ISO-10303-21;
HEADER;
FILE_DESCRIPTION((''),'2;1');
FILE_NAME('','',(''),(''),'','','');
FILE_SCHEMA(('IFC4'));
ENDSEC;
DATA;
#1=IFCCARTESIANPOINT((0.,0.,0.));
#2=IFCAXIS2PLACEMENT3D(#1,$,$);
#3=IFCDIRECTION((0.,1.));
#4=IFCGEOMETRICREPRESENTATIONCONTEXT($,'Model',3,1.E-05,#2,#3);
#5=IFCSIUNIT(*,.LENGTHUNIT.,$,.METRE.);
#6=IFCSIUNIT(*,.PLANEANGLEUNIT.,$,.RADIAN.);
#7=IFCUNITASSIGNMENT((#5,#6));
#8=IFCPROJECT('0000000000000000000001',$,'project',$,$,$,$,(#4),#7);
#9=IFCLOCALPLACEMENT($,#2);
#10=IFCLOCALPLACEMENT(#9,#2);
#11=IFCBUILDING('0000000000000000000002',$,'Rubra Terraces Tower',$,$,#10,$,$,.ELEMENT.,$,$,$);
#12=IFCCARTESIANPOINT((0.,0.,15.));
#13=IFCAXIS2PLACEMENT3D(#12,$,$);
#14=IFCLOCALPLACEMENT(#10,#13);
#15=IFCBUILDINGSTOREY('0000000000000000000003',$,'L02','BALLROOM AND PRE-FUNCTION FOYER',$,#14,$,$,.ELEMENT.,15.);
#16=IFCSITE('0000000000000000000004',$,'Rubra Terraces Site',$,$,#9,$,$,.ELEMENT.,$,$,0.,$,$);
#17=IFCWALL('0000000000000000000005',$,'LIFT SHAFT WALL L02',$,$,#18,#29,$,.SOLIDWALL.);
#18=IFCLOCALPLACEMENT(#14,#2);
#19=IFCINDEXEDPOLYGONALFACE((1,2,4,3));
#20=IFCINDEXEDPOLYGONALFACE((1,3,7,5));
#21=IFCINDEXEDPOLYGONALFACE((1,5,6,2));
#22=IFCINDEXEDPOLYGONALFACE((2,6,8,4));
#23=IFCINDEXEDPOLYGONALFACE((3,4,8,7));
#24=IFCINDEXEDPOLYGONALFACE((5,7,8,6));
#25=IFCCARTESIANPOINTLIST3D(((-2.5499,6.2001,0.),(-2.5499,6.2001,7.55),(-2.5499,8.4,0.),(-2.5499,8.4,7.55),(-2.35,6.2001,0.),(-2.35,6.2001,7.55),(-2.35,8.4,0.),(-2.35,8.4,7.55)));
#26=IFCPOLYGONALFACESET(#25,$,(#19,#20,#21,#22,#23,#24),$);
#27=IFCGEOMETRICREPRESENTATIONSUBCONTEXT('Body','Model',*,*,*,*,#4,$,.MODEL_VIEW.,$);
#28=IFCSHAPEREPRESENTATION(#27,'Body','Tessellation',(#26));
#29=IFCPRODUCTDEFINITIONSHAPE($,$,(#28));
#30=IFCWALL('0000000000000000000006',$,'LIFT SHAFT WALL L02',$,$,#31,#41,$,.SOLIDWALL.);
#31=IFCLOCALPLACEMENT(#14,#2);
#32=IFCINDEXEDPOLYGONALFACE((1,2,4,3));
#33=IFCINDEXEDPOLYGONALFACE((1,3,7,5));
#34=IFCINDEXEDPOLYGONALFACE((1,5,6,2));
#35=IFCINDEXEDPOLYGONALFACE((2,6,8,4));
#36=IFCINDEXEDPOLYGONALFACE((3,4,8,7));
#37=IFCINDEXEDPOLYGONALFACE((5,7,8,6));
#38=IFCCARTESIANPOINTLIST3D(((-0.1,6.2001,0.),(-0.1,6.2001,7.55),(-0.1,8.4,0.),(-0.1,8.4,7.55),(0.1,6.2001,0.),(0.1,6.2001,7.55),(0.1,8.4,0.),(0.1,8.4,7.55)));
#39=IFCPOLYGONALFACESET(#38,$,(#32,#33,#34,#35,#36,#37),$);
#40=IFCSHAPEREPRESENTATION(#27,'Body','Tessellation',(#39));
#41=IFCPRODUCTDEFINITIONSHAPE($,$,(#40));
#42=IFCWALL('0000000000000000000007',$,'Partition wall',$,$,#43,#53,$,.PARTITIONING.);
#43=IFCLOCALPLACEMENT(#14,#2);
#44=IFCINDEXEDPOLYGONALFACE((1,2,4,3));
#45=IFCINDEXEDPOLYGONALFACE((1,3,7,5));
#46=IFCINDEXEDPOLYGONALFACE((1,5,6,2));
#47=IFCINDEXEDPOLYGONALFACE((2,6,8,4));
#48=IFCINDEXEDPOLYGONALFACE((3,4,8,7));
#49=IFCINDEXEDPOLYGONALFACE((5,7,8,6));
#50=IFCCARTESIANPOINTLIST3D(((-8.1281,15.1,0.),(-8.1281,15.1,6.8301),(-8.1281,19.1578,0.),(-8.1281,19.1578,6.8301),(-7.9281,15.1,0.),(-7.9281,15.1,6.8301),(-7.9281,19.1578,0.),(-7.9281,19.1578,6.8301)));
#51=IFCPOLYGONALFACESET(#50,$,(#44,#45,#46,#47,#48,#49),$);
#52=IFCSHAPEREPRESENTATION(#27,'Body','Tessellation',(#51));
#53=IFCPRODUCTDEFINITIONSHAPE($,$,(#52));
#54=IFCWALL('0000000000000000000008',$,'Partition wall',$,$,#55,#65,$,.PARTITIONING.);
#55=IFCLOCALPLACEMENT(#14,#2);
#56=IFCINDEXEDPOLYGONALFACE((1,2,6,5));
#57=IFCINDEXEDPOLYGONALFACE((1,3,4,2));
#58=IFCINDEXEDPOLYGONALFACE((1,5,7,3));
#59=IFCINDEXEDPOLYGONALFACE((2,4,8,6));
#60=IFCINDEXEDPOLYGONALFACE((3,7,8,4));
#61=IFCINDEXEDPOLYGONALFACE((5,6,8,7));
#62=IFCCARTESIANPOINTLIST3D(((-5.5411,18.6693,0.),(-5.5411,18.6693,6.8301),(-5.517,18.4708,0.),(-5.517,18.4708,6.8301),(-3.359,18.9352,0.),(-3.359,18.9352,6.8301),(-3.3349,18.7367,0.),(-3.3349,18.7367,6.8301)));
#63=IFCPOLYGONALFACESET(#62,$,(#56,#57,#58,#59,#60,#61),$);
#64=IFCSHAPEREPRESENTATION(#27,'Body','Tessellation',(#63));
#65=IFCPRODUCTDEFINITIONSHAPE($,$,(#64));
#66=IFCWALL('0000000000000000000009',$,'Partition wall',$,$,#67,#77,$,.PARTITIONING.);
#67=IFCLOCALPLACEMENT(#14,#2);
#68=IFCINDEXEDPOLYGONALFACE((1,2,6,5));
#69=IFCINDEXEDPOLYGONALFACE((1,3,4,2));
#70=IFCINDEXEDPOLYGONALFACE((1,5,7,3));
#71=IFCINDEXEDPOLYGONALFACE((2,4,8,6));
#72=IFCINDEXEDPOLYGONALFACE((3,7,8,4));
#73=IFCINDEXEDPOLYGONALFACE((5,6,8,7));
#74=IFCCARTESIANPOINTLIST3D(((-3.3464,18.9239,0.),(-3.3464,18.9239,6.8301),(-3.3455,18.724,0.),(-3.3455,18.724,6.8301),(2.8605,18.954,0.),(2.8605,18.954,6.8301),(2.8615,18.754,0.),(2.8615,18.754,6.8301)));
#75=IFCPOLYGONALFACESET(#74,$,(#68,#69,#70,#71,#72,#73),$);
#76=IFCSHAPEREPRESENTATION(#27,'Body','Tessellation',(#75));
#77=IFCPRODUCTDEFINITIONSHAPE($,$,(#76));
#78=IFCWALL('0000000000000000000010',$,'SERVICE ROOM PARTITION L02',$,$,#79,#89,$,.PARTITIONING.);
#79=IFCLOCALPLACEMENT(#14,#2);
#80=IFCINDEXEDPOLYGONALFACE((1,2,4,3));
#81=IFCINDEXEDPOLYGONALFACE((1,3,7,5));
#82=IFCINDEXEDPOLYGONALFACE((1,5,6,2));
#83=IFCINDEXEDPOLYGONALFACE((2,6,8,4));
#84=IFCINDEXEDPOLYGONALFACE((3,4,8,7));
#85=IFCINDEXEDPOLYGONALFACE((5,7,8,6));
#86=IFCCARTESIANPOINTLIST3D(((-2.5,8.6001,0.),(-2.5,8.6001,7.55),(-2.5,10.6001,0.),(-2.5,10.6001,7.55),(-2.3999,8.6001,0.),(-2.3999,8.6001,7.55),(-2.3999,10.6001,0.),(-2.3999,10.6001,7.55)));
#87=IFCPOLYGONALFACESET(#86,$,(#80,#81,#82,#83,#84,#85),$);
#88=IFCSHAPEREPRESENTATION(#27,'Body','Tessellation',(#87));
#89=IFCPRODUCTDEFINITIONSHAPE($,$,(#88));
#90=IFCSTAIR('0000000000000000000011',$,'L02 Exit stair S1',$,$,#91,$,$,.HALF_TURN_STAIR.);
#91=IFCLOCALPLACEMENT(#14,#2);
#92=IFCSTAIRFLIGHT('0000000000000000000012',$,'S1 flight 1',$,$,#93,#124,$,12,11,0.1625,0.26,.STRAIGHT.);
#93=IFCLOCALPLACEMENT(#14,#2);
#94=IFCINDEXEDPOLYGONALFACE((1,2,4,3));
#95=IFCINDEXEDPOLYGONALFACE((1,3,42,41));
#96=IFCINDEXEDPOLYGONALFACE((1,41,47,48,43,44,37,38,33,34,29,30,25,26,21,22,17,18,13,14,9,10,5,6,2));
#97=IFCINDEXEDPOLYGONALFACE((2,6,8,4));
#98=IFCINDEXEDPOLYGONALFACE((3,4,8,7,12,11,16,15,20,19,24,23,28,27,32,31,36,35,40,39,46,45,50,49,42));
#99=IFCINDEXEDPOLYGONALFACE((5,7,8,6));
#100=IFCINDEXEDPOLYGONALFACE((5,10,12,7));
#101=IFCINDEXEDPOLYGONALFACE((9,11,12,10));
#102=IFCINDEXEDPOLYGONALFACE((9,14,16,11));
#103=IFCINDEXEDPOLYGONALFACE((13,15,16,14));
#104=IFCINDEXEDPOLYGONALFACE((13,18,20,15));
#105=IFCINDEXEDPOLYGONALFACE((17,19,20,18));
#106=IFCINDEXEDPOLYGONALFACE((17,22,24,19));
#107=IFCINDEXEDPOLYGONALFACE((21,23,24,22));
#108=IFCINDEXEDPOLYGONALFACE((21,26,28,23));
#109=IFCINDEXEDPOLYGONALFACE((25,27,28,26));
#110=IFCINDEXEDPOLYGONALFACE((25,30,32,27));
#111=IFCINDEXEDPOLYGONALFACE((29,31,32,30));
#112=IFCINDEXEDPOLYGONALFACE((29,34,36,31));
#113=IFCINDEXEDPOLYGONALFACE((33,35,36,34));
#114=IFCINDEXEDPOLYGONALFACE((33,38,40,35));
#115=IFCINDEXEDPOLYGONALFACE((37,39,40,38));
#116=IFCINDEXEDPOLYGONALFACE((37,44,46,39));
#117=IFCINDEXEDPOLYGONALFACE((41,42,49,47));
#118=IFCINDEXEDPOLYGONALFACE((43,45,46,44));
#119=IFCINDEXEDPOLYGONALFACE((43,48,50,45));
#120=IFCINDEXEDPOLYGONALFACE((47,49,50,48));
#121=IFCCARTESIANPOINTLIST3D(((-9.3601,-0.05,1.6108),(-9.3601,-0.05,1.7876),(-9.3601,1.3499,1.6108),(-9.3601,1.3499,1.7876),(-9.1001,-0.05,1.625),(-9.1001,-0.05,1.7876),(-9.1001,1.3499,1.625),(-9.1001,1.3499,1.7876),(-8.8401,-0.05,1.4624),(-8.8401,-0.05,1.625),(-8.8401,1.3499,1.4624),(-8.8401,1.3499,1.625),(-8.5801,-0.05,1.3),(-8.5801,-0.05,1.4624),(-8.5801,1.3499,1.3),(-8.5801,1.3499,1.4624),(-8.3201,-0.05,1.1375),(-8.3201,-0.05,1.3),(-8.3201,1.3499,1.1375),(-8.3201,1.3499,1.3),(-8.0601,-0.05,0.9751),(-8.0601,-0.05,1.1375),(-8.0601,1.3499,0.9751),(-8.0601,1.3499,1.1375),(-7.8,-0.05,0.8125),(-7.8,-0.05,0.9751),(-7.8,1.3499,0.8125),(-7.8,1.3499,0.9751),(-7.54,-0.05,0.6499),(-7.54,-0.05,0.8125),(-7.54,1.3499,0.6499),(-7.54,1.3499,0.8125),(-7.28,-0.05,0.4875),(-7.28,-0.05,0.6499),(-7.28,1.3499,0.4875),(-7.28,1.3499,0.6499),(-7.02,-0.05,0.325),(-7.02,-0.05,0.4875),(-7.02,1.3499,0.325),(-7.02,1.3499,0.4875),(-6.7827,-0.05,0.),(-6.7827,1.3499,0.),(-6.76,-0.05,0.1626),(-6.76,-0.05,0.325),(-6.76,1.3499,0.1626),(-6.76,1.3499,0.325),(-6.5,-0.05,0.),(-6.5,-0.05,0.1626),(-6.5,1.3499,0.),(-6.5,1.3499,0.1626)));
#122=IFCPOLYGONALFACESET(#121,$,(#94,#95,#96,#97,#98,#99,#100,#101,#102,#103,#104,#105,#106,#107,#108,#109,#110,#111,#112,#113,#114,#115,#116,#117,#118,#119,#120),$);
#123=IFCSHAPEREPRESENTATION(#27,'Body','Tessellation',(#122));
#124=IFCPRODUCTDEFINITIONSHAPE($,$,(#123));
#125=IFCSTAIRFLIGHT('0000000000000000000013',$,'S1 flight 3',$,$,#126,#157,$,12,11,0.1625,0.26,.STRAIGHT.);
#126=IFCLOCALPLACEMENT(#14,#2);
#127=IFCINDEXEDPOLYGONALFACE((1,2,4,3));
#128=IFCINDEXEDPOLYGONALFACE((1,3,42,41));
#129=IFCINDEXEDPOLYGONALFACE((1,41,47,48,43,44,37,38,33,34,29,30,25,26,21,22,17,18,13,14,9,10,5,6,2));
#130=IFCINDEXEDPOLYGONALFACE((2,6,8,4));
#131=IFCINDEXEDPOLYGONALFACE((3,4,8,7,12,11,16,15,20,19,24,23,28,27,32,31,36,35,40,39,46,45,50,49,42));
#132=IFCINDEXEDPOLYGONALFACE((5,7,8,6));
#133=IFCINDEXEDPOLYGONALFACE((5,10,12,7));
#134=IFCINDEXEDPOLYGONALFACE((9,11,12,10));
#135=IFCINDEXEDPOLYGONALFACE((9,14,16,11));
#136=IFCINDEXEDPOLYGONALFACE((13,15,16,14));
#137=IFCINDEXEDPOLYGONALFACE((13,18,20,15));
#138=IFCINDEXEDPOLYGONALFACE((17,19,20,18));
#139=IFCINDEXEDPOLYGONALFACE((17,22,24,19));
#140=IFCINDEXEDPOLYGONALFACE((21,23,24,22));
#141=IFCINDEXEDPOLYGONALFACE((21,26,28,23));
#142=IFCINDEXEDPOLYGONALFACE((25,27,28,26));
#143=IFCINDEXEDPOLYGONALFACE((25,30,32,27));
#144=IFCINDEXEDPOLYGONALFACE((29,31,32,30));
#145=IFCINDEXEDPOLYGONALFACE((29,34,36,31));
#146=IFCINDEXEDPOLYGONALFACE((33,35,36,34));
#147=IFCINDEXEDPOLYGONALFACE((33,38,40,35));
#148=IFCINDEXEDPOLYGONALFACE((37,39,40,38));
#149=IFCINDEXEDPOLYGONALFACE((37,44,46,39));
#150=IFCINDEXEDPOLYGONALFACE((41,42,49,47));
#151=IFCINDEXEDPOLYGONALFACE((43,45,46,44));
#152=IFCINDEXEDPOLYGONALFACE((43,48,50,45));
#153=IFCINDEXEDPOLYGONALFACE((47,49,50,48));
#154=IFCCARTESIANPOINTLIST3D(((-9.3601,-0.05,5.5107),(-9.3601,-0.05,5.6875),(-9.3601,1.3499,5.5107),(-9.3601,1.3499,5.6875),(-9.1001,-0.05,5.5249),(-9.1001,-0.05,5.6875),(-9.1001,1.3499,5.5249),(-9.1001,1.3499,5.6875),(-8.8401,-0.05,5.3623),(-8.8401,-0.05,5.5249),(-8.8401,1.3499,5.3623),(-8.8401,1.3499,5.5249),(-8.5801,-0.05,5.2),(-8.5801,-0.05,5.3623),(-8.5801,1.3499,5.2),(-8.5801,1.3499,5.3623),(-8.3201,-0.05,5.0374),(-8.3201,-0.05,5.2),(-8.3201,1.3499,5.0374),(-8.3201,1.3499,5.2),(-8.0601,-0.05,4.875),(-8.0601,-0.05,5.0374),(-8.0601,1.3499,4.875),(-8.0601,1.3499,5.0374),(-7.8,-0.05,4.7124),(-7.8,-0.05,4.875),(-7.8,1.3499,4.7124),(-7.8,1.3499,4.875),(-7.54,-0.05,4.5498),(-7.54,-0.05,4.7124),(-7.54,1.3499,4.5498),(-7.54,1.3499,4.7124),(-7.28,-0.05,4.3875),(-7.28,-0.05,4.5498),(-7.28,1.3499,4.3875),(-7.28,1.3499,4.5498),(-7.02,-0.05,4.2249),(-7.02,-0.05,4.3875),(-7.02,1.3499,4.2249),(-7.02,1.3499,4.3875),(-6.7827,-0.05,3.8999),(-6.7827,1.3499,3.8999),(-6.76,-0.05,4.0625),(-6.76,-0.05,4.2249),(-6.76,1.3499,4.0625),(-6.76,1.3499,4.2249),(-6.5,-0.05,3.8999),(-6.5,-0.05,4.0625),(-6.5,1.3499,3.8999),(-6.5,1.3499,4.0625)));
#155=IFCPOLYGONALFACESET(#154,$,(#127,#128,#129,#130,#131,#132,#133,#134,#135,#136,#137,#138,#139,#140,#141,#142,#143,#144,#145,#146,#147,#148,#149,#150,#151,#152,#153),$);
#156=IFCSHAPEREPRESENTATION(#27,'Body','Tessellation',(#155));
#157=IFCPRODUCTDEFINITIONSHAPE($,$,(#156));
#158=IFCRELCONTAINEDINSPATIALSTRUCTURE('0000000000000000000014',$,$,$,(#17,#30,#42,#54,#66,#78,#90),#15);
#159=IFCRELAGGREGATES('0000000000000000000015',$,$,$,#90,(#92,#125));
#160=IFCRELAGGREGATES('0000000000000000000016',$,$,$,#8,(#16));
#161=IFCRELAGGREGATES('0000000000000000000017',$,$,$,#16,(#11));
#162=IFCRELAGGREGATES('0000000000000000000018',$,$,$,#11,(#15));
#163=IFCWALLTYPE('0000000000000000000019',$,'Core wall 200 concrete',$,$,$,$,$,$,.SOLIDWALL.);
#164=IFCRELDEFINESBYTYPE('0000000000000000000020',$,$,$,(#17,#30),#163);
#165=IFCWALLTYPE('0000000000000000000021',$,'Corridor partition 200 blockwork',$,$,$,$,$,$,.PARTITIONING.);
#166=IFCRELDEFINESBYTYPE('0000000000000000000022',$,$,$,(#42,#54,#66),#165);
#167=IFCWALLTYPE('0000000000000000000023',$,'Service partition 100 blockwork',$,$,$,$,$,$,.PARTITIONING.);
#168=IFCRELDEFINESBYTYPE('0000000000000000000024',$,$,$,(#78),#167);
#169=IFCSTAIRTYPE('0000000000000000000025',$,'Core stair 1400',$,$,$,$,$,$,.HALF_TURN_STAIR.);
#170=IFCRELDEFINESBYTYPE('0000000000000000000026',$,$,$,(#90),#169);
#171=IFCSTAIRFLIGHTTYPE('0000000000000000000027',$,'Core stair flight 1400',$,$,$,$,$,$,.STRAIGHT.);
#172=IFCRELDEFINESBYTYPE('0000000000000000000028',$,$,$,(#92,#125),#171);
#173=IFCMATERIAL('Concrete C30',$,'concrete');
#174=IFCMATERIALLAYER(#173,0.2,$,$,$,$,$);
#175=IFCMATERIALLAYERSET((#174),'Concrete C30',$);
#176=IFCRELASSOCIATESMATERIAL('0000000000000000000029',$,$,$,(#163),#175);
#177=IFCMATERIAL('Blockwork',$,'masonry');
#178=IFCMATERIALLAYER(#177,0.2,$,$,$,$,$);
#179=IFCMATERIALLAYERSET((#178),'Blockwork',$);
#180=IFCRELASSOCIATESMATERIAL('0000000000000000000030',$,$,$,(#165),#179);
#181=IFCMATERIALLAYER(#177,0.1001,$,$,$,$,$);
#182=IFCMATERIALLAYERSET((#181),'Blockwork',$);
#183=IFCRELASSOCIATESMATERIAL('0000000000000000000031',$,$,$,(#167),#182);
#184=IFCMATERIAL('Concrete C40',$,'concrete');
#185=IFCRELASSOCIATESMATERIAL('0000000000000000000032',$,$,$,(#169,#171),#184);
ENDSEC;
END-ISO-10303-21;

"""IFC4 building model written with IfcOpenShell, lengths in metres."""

from ifc_helpers import new_model, si_unit, direction, frame, frame_2d, origin, place, context, subcontext, project, spatial, polyline, rectangle, outline, extrude, material, layer, layer_set, type_object, element, aggregate, save


model = new_model("IFC4")

# Units and contexts
model_context = context("Model", 3, precision=1e-05, world=origin(), true_north=direction((0.0, 1.0)))
body_context = subcontext(model_context, "Body", "Model", "MODEL_VIEW")
ifc_project = project(units=[si_unit("LENGTHUNIT", "METRE"), si_unit("PLANEANGLEUNIT", "RADIAN")], contexts=[model_context])

# Site, building, storey
site_placement = place(None, origin())
site = spatial("IfcSite", under=ifc_project, at=site_placement, Name="Rubra Terraces Site", CompositionType="ELEMENT", RefElevation=0.0)
building_placement = place(site_placement, origin())
building = spatial("IfcBuilding", under=site, at=building_placement, Name="Rubra Terraces Tower", CompositionType="ELEMENT")
storey_placement = place(building_placement, frame((0.0, 0.0, 15.0)))
storey = spatial("IfcBuildingStorey", under=building, at=storey_placement, Name="L02", Description="BALLROOM AND PRE-FUNCTION FOYER", CompositionType="ELEMENT", Elevation=15.0)

# Shared definitions
ifc_material_1 = material(Name="Concrete C40", Category="concrete")

# Shared definitions
ifc_material_2 = material(Name="Concrete C30", Category="concrete")
ifc_layer_1 = layer(ifc_material_2, 0.2)
ifc_layer_set_1 = layer_set([ifc_layer_1], Name="Concrete C30")
wall_type_1 = type_object("IfcWallType", Name="Core wall 200 concrete", PredefinedType="SOLIDWALL", material=ifc_layer_set_1)

# Walls
for number, where, z_axis, x_axis, name in (
    (1, (-2.45, 6.2, 0.0), (0.0, 0.0, 1.0), (0.0, 1.0, 0.0), "LIFT SHAFT WALL L02"),
    (2, (0.0, 6.2, 0.0), (0.0, 0.0, 1.0), (0.0, 1.0, 0.0), "LIFT SHAFT WALL L02"),
):
    element("IfcWall", number, at=place(storey_placement, frame(where, z_axis=z_axis, x_axis=x_axis)), inside=storey, type_object=wall_type_1, Name=name, PredefinedType="SOLIDWALL", context=body_context, shape_type="SweptSolid", body=[
        extrude(rectangle(XDim=2.2, YDim=0.2, at=frame_2d((1.1001, 0.0))), origin(), (0.0, 0.0, 1.0), 7.55),
    ])
ifc_material_3 = material(Name="Blockwork", Category="masonry")
ifc_layer_2 = layer(ifc_material_3, 0.2)
ifc_layer_set_2 = layer_set([ifc_layer_2], Name="Blockwork")
wall_type_2 = type_object("IfcWallType", Name="Corridor partition 200 blockwork", PredefinedType="PARTITIONING", material=ifc_layer_set_2)
wall_1_placement = place(storey_placement, frame((-8.0281, 15.1001, 0.0), z_axis=(0.0, 0.0, 1.0), x_axis=(0.0, 1.0, 0.0)))
element("IfcWall", 3, at=wall_1_placement, inside=storey, type_object=wall_type_2, Name="Partition wall", PredefinedType="PARTITIONING", context=body_context, shape_type="SweptSolid", body=[
    extrude(rectangle(XDim=4.0579, YDim=0.2, at=frame_2d((2.0288, 0.0))), origin(), (0.0, 0.0, 1.0), 6.8301),
])
wall_2_placement = place(storey_placement, frame((-5.5291, 18.5701, 0.0), z_axis=(0.0, 0.0, 1.0), x_axis=(0.992659, 0.120945, 0.0)))
element("IfcWall", 4, at=wall_2_placement, inside=storey, type_object=wall_type_2, Name="Partition wall", PredefinedType="PARTITIONING", context=body_context, shape_type="SweptSolid", body=[
    extrude(rectangle(XDim=2.1982, YDim=0.2, at=frame_2d((1.0991, 0.0))), origin(), (0.0, 0.0, 1.0), 6.8301),
])
wall_3_placement = place(storey_placement, frame((-3.3459, 18.824, 0.0), z_axis=(0.0, 0.0, 1.0), x_axis=(0.999988, 0.004838, 0.0)))
element("IfcWall", 5, at=wall_3_placement, inside=storey, type_object=wall_type_2, Name="Partition wall", PredefinedType="PARTITIONING", context=body_context, shape_type="SweptSolid", body=[
    extrude(rectangle(XDim=6.207, YDim=0.2, at=frame_2d((3.1035, 0.0))), origin(), (0.0, 0.0, 1.0), 6.8301),
])
ifc_layer_3 = layer(ifc_material_3, 0.1001)
ifc_layer_set_3 = layer_set([ifc_layer_3], Name="Blockwork")
wall_type_3 = type_object("IfcWallType", Name="Service partition 100 blockwork", PredefinedType="PARTITIONING", material=ifc_layer_set_3)
wall_4_placement = place(storey_placement, frame((-2.45, 8.6001, 0.0), z_axis=(0.0, 0.0, 1.0), x_axis=(0.0, 1.0, 0.0)))
element("IfcWall", 6, at=wall_4_placement, inside=storey, type_object=wall_type_3, Name="SERVICE ROOM PARTITION L02", PredefinedType="PARTITIONING", context=body_context, shape_type="SweptSolid", body=[
    extrude(rectangle(XDim=2.0, YDim=0.1001, at=frame_2d((1.0, 0.0))), origin(), (0.0, 0.0, 1.0), 7.55),
])

# Stair, stair flights
stair_type = type_object("IfcStairType", Name="Core stair 1400", PredefinedType="HALF_TURN_STAIR", material=ifc_material_1)
stair_1_placement = place(storey_placement, origin())
stair_1 = element("IfcStair", 7, at=stair_1_placement, inside=storey, type_object=stair_type, Name="L02 Exit stair S1", PredefinedType="HALF_TURN_STAIR")
stair_flight_type = type_object("IfcStairFlightType", Name="Core stair flight 1400", PredefinedType="STRAIGHT", material=ifc_material_1)
stair_flight_1_placement = place(storey_placement, frame((-6.5, 0.6499, 0.0), z_axis=(0.0, 0.0, 1.0), x_axis=(-1.0, 0.0, 0.0)))
stair_flight_1 = element("IfcStairFlight", 8, at=stair_flight_1_placement, type_object=stair_flight_type, Name="S1 flight 1", NumberOfRisers=12, NumberOfTreads=11, PredefinedType="STRAIGHT", RiserHeight=0.1625, TreadLength=0.26, context=body_context, shape_type="SweptSolid", body=[
    extrude(outline(polyline([(0.0, 0.0), (0.0, 0.1626), (0.26, 0.1626), (0.26, 0.325), (0.52, 0.325), (0.52, 0.4875), (0.78, 0.4875), (0.78, 0.6499), (1.04, 0.6499), (1.04, 0.8125), (1.3, 0.8125), (1.3, 0.9751), (1.5601, 0.9751), (1.5601, 1.1375), (1.8201, 1.1375), (1.8201, 1.3), (2.0801, 1.3), (2.0801, 1.4624), (2.3401, 1.4624), (2.3401, 1.625), (2.6001, 1.625), (2.6001, 1.7876), (2.8601, 1.7876), (2.8601, 1.95), (2.8601, 1.6108), (0.2827, 0.0), (0.0, 0.0)])), frame((0.0, 0.7, 0.0), z_axis=(0.0, -1.0, 0.0), x_axis=(1.0, 0.0, 0.0)), (0.0, 0.0, 1.0), 1.3999),
])
stair_flight_2_placement = place(storey_placement, frame((-6.5, 0.6499, 3.8999), z_axis=(0.0, 0.0, 1.0), x_axis=(-1.0, 0.0, 0.0)))
stair_flight_2 = element("IfcStairFlight", 9, at=stair_flight_2_placement, type_object=stair_flight_type, Name="S1 flight 3", NumberOfRisers=12, NumberOfTreads=11, PredefinedType="STRAIGHT", RiserHeight=0.1625, TreadLength=0.26, context=body_context, shape_type="SweptSolid", body=[
    extrude(outline(polyline([(0.0, 0.0), (0.0, 0.1626), (0.26, 0.1626), (0.26, 0.325), (0.52, 0.325), (0.52, 0.4875), (0.78, 0.4875), (0.78, 0.6499), (1.04, 0.6499), (1.04, 0.8125), (1.3, 0.8125), (1.3, 0.9751), (1.5601, 0.9751), (1.5601, 1.1375), (1.8201, 1.1375), (1.8201, 1.3), (2.0801, 1.3), (2.0801, 1.4624), (2.3401, 1.4624), (2.3401, 1.625), (2.6001, 1.625), (2.6001, 1.7876), (2.8601, 1.7876), (2.8601, 1.95), (2.8601, 1.6108), (0.2827, 0.0), (0.0, 0.0)])), frame((0.0, 0.7, 0.0), z_axis=(0.0, -1.0, 0.0), x_axis=(1.0, 0.0, 0.0)), (0.0, 0.0, 1.0), 1.3999),
])
aggregate(stair_1, [stair_flight_1, stair_flight_2])

save(model, "model.ifc")
